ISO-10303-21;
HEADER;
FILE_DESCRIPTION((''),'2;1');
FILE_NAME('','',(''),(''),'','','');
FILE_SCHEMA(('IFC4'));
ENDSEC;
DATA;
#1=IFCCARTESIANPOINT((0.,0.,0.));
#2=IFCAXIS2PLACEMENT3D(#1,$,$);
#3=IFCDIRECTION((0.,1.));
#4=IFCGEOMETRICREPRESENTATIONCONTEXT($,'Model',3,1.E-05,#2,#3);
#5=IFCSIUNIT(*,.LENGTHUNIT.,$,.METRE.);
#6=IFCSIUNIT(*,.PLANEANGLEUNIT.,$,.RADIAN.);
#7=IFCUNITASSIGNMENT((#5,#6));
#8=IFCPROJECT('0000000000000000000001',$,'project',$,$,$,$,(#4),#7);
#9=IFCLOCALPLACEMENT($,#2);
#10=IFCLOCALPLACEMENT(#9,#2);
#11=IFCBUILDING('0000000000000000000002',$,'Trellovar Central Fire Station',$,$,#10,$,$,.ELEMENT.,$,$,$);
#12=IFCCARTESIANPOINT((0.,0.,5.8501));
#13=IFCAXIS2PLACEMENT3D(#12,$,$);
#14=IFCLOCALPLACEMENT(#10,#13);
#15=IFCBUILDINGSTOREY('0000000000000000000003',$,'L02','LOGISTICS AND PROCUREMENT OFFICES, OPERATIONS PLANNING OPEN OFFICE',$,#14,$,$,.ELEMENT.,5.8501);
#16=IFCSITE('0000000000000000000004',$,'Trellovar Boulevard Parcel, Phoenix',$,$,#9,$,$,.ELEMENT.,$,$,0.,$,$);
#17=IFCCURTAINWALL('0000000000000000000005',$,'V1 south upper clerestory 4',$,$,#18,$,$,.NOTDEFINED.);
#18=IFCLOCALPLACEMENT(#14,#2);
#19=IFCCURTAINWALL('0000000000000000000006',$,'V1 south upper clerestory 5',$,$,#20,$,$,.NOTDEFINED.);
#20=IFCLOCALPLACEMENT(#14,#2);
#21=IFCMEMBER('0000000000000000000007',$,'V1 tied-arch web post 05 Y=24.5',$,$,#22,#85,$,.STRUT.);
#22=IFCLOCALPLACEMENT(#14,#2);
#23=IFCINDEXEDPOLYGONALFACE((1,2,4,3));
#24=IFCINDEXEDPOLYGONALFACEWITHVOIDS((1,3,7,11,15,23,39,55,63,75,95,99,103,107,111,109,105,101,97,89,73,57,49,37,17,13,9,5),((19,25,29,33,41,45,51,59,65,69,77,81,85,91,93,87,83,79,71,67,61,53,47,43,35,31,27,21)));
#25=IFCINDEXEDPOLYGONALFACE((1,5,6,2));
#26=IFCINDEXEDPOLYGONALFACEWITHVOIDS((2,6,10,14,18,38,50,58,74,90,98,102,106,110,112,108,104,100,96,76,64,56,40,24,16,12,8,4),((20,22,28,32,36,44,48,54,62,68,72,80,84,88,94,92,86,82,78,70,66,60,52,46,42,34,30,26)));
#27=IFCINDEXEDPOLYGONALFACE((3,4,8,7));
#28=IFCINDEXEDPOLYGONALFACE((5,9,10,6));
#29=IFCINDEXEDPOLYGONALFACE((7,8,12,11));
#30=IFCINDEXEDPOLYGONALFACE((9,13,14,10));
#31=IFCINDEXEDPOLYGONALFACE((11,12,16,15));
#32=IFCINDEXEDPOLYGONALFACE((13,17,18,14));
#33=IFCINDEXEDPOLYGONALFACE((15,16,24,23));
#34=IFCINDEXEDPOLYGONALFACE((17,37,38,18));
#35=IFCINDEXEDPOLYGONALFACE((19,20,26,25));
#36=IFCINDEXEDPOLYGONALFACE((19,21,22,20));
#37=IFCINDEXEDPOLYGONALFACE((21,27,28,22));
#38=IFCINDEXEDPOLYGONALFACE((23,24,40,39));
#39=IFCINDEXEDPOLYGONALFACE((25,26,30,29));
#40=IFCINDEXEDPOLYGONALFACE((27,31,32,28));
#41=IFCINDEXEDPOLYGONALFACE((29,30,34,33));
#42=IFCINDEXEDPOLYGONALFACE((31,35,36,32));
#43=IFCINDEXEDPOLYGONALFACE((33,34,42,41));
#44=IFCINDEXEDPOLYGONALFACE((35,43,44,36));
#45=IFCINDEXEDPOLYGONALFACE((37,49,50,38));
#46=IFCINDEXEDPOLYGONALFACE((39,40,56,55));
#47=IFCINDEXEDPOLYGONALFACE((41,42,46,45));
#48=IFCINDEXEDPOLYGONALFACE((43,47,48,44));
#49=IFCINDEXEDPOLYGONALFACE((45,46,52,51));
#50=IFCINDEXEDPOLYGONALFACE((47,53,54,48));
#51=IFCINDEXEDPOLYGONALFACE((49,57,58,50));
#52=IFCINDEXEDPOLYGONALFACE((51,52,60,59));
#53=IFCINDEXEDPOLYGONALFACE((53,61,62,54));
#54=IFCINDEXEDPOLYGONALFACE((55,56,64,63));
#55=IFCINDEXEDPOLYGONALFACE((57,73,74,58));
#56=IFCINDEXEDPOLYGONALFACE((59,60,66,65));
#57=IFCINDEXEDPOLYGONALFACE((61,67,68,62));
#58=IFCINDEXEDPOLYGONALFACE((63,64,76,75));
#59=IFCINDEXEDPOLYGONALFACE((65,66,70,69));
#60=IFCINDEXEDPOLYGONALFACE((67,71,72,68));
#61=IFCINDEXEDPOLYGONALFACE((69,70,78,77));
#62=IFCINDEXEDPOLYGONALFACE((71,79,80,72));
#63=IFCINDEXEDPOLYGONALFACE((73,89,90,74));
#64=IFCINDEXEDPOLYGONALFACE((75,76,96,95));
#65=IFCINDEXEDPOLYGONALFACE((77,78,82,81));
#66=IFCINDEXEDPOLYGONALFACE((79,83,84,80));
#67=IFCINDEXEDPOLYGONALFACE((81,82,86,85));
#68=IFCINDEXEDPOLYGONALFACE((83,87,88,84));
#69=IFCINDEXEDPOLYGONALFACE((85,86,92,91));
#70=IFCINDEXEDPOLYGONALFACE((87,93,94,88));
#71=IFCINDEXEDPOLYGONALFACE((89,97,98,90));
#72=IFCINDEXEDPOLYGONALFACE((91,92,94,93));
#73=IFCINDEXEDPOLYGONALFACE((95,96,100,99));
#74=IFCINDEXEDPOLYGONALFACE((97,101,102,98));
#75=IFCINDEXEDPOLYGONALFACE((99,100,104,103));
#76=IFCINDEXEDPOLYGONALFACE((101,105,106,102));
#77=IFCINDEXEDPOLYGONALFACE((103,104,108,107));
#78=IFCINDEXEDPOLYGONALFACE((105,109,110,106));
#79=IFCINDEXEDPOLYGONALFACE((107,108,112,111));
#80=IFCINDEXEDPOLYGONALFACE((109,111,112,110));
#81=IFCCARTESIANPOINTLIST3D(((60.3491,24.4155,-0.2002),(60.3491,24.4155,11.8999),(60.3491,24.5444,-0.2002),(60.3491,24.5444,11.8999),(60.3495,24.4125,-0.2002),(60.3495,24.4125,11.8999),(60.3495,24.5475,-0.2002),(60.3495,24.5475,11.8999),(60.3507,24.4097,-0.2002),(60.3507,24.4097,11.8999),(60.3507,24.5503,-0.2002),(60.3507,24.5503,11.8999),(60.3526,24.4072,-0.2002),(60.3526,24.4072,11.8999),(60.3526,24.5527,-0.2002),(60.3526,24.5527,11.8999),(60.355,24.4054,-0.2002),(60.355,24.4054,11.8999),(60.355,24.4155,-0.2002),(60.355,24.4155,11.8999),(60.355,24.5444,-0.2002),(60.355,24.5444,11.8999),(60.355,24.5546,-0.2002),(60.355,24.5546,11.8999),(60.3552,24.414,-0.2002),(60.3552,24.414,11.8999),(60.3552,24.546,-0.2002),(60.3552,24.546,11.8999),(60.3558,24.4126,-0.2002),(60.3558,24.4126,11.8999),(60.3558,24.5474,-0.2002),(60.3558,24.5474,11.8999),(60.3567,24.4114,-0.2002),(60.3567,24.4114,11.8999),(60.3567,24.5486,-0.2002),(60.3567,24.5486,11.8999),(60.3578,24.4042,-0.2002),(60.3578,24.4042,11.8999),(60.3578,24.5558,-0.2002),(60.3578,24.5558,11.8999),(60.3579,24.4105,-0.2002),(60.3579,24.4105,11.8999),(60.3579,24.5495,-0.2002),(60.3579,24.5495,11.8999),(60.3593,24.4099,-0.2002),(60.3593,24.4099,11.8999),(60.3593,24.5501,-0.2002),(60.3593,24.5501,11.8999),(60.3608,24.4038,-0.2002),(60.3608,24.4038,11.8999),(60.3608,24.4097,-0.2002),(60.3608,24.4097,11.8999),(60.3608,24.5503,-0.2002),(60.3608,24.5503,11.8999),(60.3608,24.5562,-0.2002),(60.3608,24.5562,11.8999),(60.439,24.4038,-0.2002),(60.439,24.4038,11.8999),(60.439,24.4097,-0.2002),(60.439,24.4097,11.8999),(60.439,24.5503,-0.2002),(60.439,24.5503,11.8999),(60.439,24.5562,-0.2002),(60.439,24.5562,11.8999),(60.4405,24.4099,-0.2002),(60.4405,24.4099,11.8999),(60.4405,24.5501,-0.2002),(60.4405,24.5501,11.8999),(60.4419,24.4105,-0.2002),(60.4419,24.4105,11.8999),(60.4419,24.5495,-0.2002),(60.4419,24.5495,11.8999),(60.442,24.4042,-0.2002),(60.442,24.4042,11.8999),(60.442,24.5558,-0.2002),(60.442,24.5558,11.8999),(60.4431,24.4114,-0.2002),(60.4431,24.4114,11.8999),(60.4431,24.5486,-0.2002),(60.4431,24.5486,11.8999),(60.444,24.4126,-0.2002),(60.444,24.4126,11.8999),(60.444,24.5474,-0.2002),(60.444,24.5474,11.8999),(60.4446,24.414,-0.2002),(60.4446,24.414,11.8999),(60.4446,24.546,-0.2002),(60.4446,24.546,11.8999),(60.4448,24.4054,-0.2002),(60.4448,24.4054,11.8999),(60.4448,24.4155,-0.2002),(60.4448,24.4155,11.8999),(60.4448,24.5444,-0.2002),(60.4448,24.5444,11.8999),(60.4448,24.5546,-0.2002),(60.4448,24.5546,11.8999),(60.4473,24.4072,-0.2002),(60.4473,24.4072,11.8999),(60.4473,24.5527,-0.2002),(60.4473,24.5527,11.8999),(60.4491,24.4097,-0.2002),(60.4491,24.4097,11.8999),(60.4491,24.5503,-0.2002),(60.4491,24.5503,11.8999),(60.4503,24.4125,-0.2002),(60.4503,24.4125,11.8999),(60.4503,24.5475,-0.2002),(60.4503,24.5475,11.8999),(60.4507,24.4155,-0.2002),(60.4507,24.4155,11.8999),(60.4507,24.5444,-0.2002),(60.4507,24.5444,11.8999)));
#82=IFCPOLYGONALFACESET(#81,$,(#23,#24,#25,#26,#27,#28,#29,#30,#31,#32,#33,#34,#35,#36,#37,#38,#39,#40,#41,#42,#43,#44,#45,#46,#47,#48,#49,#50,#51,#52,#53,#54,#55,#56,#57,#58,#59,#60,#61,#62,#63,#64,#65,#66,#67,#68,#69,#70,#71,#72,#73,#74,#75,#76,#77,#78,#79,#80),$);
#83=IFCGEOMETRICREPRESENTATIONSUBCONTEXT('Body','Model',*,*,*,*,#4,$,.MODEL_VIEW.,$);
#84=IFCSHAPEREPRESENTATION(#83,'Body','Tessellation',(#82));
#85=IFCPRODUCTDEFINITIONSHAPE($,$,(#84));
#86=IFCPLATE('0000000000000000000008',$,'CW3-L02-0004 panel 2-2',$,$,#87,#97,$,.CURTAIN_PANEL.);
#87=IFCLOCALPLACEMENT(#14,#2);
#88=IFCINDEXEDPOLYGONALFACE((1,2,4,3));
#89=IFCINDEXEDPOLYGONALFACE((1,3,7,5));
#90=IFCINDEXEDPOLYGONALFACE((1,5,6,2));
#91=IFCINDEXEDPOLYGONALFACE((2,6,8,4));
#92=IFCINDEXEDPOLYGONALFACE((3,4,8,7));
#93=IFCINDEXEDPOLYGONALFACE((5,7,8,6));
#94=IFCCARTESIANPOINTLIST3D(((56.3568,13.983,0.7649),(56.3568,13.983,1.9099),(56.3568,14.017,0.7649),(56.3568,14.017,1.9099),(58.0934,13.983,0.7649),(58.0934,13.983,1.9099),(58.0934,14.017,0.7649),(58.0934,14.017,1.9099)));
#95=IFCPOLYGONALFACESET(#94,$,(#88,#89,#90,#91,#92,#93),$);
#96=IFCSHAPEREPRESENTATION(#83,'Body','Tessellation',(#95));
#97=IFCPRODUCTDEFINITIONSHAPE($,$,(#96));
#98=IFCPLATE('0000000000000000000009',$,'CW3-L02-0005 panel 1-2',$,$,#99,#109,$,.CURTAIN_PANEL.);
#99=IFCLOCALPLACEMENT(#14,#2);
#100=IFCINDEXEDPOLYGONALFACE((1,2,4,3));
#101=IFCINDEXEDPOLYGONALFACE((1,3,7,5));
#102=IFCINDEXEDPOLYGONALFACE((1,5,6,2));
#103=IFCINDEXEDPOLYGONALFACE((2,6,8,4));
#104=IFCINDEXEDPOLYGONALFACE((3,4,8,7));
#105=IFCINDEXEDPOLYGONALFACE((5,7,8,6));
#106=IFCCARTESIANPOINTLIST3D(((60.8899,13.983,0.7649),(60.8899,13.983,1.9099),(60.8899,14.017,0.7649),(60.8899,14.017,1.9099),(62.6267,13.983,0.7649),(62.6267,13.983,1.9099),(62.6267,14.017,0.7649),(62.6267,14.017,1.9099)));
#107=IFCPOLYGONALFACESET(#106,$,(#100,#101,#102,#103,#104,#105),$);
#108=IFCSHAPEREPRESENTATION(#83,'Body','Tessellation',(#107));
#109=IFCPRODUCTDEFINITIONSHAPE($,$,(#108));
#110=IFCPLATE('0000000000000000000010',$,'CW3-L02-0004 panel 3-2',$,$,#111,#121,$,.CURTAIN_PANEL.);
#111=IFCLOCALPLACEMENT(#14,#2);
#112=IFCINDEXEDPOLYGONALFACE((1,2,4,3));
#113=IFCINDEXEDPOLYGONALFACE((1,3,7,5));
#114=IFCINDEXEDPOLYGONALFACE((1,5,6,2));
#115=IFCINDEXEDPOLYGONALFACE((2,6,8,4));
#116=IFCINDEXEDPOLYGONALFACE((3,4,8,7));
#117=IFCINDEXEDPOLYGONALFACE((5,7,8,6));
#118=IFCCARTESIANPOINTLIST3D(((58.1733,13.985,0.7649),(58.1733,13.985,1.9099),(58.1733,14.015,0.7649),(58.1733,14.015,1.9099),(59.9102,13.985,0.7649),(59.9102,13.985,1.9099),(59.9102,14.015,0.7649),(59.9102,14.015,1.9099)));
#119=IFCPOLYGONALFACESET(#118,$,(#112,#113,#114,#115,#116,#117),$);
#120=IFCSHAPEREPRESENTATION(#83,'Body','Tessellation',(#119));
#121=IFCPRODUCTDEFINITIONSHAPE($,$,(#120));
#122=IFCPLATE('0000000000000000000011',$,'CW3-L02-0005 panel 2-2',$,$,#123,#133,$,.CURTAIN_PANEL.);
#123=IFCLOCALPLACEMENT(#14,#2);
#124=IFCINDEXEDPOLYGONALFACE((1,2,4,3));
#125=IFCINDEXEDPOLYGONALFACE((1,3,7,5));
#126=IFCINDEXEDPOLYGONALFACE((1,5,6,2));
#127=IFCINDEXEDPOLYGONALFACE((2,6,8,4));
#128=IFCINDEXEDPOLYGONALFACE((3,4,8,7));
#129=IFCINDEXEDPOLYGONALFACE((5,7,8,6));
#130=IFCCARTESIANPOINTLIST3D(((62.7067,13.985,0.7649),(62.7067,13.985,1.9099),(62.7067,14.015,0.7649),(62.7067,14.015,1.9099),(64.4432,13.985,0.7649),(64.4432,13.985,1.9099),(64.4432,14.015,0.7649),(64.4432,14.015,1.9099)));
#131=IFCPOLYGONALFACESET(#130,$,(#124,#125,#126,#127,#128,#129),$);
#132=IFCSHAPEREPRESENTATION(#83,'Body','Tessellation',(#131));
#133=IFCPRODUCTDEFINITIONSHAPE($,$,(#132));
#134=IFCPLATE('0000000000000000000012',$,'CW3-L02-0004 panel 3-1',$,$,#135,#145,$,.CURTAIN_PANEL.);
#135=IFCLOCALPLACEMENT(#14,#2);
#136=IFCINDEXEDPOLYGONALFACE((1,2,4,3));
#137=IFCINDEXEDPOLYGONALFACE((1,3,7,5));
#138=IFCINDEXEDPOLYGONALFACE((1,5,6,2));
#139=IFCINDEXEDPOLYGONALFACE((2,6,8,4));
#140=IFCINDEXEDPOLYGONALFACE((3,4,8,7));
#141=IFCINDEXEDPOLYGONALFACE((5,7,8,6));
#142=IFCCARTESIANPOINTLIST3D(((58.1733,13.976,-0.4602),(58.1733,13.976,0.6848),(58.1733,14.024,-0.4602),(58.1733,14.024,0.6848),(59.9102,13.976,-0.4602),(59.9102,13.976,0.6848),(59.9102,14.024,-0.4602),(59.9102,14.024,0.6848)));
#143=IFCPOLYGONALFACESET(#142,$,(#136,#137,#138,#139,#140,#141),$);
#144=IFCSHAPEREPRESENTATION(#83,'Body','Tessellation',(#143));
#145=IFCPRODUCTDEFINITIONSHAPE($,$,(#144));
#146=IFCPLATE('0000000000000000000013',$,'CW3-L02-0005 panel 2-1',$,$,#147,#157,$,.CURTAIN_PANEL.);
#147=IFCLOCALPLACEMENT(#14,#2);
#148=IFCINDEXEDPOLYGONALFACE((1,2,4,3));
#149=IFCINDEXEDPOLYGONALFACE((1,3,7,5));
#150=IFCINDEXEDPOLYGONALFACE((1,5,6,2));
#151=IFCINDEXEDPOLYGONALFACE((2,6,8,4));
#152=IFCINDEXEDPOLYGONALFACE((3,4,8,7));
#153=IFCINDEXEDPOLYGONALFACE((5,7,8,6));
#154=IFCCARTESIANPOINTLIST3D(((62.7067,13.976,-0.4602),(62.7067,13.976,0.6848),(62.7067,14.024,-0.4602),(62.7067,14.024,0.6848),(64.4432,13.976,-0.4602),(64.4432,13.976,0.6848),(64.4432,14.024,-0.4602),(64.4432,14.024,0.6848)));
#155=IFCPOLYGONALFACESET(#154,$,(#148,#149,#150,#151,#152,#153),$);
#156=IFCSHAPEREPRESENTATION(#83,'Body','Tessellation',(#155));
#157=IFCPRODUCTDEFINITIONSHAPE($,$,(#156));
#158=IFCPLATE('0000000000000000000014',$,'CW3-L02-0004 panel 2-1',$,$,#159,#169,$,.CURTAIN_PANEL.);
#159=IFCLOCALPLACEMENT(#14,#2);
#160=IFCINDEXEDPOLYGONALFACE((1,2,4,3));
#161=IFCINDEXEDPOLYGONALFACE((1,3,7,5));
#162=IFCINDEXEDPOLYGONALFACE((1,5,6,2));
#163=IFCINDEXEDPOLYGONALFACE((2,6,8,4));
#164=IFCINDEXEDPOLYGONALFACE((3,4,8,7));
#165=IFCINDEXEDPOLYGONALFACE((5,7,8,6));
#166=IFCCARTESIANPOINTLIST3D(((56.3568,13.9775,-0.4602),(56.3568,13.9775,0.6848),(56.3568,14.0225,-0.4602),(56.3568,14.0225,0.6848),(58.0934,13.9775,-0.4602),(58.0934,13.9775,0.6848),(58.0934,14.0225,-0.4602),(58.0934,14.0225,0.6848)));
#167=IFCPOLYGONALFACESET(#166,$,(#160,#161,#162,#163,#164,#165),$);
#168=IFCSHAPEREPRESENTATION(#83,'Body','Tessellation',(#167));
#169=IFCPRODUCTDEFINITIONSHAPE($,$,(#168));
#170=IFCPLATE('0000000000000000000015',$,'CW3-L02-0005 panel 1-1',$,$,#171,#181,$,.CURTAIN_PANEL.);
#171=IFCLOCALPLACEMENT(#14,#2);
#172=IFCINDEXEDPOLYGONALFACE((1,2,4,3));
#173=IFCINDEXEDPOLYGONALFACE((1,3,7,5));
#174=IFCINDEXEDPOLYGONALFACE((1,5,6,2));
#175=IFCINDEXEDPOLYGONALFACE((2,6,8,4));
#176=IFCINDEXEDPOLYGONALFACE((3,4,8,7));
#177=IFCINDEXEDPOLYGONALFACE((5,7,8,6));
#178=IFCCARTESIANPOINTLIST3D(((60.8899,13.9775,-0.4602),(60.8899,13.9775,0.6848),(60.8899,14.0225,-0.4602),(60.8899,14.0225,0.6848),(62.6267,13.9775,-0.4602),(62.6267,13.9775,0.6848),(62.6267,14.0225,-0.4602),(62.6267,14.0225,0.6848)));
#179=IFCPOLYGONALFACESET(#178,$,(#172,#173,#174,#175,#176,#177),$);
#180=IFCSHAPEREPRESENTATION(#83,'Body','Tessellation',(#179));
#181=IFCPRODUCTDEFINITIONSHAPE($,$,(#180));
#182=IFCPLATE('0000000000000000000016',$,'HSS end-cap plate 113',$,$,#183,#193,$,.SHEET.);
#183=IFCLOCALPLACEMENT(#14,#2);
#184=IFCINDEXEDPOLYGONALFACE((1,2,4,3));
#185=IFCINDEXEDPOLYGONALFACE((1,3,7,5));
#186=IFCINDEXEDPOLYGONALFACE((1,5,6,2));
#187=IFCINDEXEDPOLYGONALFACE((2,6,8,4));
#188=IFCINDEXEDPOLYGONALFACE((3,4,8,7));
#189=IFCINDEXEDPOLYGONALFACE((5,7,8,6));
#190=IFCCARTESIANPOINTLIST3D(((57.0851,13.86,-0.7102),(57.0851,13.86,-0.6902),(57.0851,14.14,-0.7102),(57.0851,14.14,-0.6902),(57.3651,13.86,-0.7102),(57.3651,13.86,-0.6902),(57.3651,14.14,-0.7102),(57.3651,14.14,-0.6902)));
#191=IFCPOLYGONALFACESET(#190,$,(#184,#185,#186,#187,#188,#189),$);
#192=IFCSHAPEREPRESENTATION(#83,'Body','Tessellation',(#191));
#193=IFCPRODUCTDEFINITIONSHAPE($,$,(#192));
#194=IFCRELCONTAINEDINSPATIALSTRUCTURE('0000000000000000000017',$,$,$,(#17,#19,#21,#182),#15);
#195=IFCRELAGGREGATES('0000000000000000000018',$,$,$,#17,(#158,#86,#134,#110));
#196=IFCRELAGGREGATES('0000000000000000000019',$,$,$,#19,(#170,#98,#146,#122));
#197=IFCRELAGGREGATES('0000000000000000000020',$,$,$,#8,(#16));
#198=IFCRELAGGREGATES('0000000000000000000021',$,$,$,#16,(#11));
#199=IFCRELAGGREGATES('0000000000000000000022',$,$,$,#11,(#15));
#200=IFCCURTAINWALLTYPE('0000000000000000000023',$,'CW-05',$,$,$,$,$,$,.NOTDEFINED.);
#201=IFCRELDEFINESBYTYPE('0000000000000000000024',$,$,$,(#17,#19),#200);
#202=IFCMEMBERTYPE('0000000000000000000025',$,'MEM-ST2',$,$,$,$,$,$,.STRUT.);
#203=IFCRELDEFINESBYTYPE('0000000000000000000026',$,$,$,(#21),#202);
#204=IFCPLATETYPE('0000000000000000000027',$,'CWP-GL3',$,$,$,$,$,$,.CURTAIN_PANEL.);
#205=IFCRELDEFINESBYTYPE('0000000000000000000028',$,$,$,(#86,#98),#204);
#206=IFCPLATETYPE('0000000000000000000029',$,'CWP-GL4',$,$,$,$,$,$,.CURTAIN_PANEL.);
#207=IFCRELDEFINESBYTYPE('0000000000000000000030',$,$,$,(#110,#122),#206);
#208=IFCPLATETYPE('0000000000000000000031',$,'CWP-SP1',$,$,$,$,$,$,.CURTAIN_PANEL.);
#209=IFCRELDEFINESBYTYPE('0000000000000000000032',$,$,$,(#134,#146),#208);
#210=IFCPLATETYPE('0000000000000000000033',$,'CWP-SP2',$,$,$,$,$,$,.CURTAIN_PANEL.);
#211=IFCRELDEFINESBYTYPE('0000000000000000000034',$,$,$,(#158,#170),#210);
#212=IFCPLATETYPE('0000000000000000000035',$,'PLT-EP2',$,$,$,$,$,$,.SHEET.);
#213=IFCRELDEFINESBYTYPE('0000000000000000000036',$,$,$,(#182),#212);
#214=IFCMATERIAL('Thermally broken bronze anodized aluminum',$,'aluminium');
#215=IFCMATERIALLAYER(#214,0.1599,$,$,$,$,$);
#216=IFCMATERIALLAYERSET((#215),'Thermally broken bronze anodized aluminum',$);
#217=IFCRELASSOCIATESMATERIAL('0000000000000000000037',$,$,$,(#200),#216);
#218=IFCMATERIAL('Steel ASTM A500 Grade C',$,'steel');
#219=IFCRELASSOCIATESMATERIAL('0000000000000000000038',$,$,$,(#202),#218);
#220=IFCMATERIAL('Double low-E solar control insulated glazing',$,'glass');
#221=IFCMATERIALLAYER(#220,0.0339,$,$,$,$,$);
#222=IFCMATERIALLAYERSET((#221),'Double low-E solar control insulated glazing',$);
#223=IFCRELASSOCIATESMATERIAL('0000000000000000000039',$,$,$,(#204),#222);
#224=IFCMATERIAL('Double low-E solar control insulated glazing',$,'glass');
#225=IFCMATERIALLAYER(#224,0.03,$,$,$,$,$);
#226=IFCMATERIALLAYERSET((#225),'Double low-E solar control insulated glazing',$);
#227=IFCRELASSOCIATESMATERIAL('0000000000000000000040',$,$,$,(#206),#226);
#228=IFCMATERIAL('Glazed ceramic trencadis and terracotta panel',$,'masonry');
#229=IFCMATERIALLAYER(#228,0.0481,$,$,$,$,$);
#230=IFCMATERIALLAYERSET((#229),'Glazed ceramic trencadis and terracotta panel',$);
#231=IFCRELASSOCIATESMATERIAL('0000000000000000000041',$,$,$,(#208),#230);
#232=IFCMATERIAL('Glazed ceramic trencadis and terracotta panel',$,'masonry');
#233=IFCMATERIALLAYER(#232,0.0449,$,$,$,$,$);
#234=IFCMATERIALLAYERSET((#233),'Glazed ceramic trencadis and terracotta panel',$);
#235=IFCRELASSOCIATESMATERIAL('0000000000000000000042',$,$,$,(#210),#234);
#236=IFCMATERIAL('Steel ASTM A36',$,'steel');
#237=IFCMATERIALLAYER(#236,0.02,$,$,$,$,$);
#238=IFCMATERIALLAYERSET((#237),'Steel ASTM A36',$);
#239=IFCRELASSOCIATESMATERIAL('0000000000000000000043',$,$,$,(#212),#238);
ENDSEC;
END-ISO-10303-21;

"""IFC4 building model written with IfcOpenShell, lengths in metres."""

from ifc_helpers import new_model, si_unit, direction, frame, origin, origin_2d, place, context, subcontext, project, spatial, rectangle, hollow_rectangle, extrude, material, layer, layer_set, material_profile, profile_set, type_object, element, aggregate, save


model = new_model("IFC4")

# Units and contexts
model_context = context("Model", 3, precision=1e-05, world=origin(), true_north=direction((0.0, 1.0)))
body_context = subcontext(model_context, "Body", "Model", "MODEL_VIEW")
ifc_project = project(units=[si_unit("LENGTHUNIT", "METRE"), si_unit("PLANEANGLEUNIT", "RADIAN")], contexts=[model_context])

# Site, building, storey
site_placement = place(None, origin())
site = spatial("IfcSite", under=ifc_project, at=site_placement, Name="Trellovar Boulevard Parcel, Phoenix", CompositionType="ELEMENT", RefElevation=0.0)
building_placement = place(site_placement, origin())
building = spatial("IfcBuilding", under=site, at=building_placement, Name="Trellovar Central Fire Station", CompositionType="ELEMENT")
storey_placement = place(building_placement, frame((0.0, 0.0, 5.8501)))
storey = spatial("IfcBuildingStorey", under=building, at=storey_placement, Name="L02", Description="LOGISTICS AND PROCUREMENT OFFICES, OPERATIONS PLANNING OPEN OFFICE", CompositionType="ELEMENT", Elevation=5.8501)

# Curtain walls
ifc_material_1 = material(Name="Thermally broken bronze anodized aluminum", Category="aluminium")
ifc_layer_1 = layer(ifc_material_1, 0.1599)
ifc_layer_set_1 = layer_set([ifc_layer_1], Name="Thermally broken bronze anodized aluminum")
curtain_wall_type = type_object("IfcCurtainWallType", Name="CW-05", PredefinedType="NOTDEFINED", material=ifc_layer_set_1)
curtain_wall_1_placement = place(storey_placement, origin())
curtain_wall_1 = element("IfcCurtainWall", 1, at=curtain_wall_1_placement, inside=storey, type_object=curtain_wall_type, Name="V1 south upper clerestory 4", PredefinedType="NOTDEFINED")
curtain_wall_2_placement = place(storey_placement, origin())
curtain_wall_2 = element("IfcCurtainWall", 2, at=curtain_wall_2_placement, inside=storey, type_object=curtain_wall_type, Name="V1 south upper clerestory 5", PredefinedType="NOTDEFINED")

# Member
ifc_material_2 = material(Name="Steel ASTM A500 Grade C", Category="steel")
ifc_material_profile_1 = material_profile(ifc_material_2, hollow_rectangle(XDim=0.1016, YDim=0.1523, WallThickness=0.0059, InnerFilletRadius=0.0059, OuterFilletRadius=0.0117, at=origin_2d()), Name="HSS6X4X1/4")
ifc_profile_set_1 = profile_set([ifc_material_profile_1], Name="Steel ASTM A500 Grade C")
member_type_1 = type_object("IfcMemberType", Name="MEM-ST2", PredefinedType="STRUT", material=ifc_profile_set_1)
member_1_placement = place(storey_placement, frame((60.3999, 24.48, -0.2002), z_axis=(0.0, 0.0, 1.0), x_axis=(1.0, 0.0, 0.0)))
element("IfcMember", 3, at=member_1_placement, inside=storey, type_object=member_type_1, Name="V1 tied-arch web post 05 Y=24.5", PredefinedType="STRUT", context=body_context, shape_type="SweptSolid", body=[
    extrude(hollow_rectangle(XDim=0.1016, YDim=0.1523, WallThickness=0.0059, InnerFilletRadius=0.0059, OuterFilletRadius=0.0117, at=origin_2d()), origin(), (0.0, 0.0, 1.0), 12.1001),
])

# Plates
ifc_material_3 = material(Name="Double low-E solar control insulated glazing", Category="glass")
ifc_layer_2 = layer(ifc_material_3, 0.0339)
ifc_layer_set_2 = layer_set([ifc_layer_2], Name="Double low-E solar control insulated glazing")
plate_type_1 = type_object("IfcPlateType", Name="CWP-GL3", PredefinedType="CURTAIN_PANEL", material=ifc_layer_set_2)
plate_1_placement = place(storey_placement, frame((57.2251, 14.0, 0.7649), z_axis=(0.0, 0.0, 1.0), x_axis=(1.0, 0.0, 0.0)))
plate_1 = element("IfcPlate", 4, at=plate_1_placement, type_object=plate_type_1, Name="CW3-L02-0004 panel 2-2", PredefinedType="CURTAIN_PANEL", context=body_context, shape_type="SweptSolid", body=[
    extrude(rectangle(XDim=1.7366, YDim=0.0339, at=origin_2d()), origin(), (0.0, 0.0, 1.0), 1.145),
])
plate_2_placement = place(storey_placement, frame((61.7583, 14.0, 0.7649), z_axis=(0.0, 0.0, 1.0), x_axis=(1.0, 0.0, 0.0)))
plate_2 = element("IfcPlate", 5, at=plate_2_placement, type_object=plate_type_1, Name="CW3-L02-0005 panel 1-2", PredefinedType="CURTAIN_PANEL", context=body_context, shape_type="SweptSolid", body=[
    extrude(rectangle(XDim=1.7368, YDim=0.0339, at=origin_2d()), origin(), (0.0, 0.0, 1.0), 1.145),
])
ifc_material_4 = material(Name="Double low-E solar control insulated glazing", Category="glass")
ifc_layer_3 = layer(ifc_material_4, 0.03)
ifc_layer_set_3 = layer_set([ifc_layer_3], Name="Double low-E solar control insulated glazing")
plate_type_2 = type_object("IfcPlateType", Name="CWP-GL4", PredefinedType="CURTAIN_PANEL", material=ifc_layer_set_3)
plate_3_placement = place(storey_placement, frame((59.0417, 14.0, 0.7649), z_axis=(0.0, 0.0, 1.0), x_axis=(1.0, 0.0, 0.0)))
plate_3 = element("IfcPlate", 6, at=plate_3_placement, type_object=plate_type_2, Name="CW3-L02-0004 panel 3-2", PredefinedType="CURTAIN_PANEL", context=body_context, shape_type="SweptSolid", body=[
    extrude(rectangle(XDim=1.7368, YDim=0.03, at=origin_2d()), origin(), (0.0, 0.0, 1.0), 1.145),
])
plate_4_placement = place(storey_placement, frame((63.575, 14.0, 0.7649), z_axis=(0.0, 0.0, 1.0), x_axis=(1.0, 0.0, 0.0)))
plate_4 = element("IfcPlate", 7, at=plate_4_placement, type_object=plate_type_2, Name="CW3-L02-0005 panel 2-2", PredefinedType="CURTAIN_PANEL", context=body_context, shape_type="SweptSolid", body=[
    extrude(rectangle(XDim=1.7366, YDim=0.03, at=origin_2d()), origin(), (0.0, 0.0, 1.0), 1.145),
])
ifc_material_5 = material(Name="Glazed ceramic trencadis and terracotta panel", Category="masonry")
ifc_layer_4 = layer(ifc_material_5, 0.0481)
ifc_layer_set_4 = layer_set([ifc_layer_4], Name="Glazed ceramic trencadis and terracotta panel")
plate_type_3 = type_object("IfcPlateType", Name="CWP-SP1", PredefinedType="CURTAIN_PANEL", material=ifc_layer_set_4)
plate_5_placement = place(storey_placement, frame((59.0417, 14.0, -0.4602), z_axis=(0.0, 0.0, 1.0), x_axis=(1.0, 0.0, 0.0)))
plate_5 = element("IfcPlate", 8, at=plate_5_placement, type_object=plate_type_3, Name="CW3-L02-0004 panel 3-1", PredefinedType="CURTAIN_PANEL", context=body_context, shape_type="SweptSolid", body=[
    extrude(rectangle(XDim=1.7368, YDim=0.0481, at=origin_2d()), origin(), (0.0, 0.0, 1.0), 1.145),
])
plate_6_placement = place(storey_placement, frame((63.575, 14.0, -0.4602), z_axis=(0.0, 0.0, 1.0), x_axis=(1.0, 0.0, 0.0)))
plate_6 = element("IfcPlate", 9, at=plate_6_placement, type_object=plate_type_3, Name="CW3-L02-0005 panel 2-1", PredefinedType="CURTAIN_PANEL", context=body_context, shape_type="SweptSolid", body=[
    extrude(rectangle(XDim=1.7366, YDim=0.0481, at=origin_2d()), origin(), (0.0, 0.0, 1.0), 1.145),
])
ifc_material_6 = material(Name="Glazed ceramic trencadis and terracotta panel", Category="masonry")
ifc_layer_5 = layer(ifc_material_6, 0.0449)
ifc_layer_set_5 = layer_set([ifc_layer_5], Name="Glazed ceramic trencadis and terracotta panel")
plate_type_4 = type_object("IfcPlateType", Name="CWP-SP2", PredefinedType="CURTAIN_PANEL", material=ifc_layer_set_5)
plate_7_placement = place(storey_placement, frame((57.2251, 14.0, -0.4602), z_axis=(0.0, 0.0, 1.0), x_axis=(1.0, 0.0, 0.0)))
plate_7 = element("IfcPlate", 10, at=plate_7_placement, type_object=plate_type_4, Name="CW3-L02-0004 panel 2-1", PredefinedType="CURTAIN_PANEL", context=body_context, shape_type="SweptSolid", body=[
    extrude(rectangle(XDim=1.7366, YDim=0.0449, at=origin_2d()), origin(), (0.0, 0.0, 1.0), 1.145),
])
aggregate(curtain_wall_1, [plate_7, plate_1, plate_5, plate_3])
plate_8_placement = place(storey_placement, frame((61.7583, 14.0, -0.4602), z_axis=(0.0, 0.0, 1.0), x_axis=(1.0, 0.0, 0.0)))
plate_8 = element("IfcPlate", 11, at=plate_8_placement, type_object=plate_type_4, Name="CW3-L02-0005 panel 1-1", PredefinedType="CURTAIN_PANEL", context=body_context, shape_type="SweptSolid", body=[
    extrude(rectangle(XDim=1.7368, YDim=0.0449, at=origin_2d()), origin(), (0.0, 0.0, 1.0), 1.145),
])
aggregate(curtain_wall_2, [plate_8, plate_2, plate_6, plate_4])

# Plate
ifc_material_7 = material(Name="Steel ASTM A36", Category="steel")
ifc_layer_6 = layer(ifc_material_7, 0.02)
ifc_layer_set_6 = layer_set([ifc_layer_6], Name="Steel ASTM A36")
plate_type_5 = type_object("IfcPlateType", Name="PLT-EP2", PredefinedType="SHEET", material=ifc_layer_set_6)
for number, where, z_axis, x_axis, name in (
    (12, (57.2251, 14.0, -0.7102), (0.0, 0.0, 1.0), (1.0, 0.0, 0.0), "HSS end-cap plate 113"),
):
    element("IfcPlate", number, at=place(storey_placement, frame(where, z_axis=z_axis, x_axis=x_axis)), inside=storey, type_object=plate_type_5, Name=name, PredefinedType="SHEET", context=body_context, shape_type="SweptSolid", body=[
        extrude(rectangle(XDim=0.28, YDim=0.28, at=origin_2d()), origin(), (0.0, 0.0, 1.0), 0.02),
    ])

save(model, "model.ifc")
